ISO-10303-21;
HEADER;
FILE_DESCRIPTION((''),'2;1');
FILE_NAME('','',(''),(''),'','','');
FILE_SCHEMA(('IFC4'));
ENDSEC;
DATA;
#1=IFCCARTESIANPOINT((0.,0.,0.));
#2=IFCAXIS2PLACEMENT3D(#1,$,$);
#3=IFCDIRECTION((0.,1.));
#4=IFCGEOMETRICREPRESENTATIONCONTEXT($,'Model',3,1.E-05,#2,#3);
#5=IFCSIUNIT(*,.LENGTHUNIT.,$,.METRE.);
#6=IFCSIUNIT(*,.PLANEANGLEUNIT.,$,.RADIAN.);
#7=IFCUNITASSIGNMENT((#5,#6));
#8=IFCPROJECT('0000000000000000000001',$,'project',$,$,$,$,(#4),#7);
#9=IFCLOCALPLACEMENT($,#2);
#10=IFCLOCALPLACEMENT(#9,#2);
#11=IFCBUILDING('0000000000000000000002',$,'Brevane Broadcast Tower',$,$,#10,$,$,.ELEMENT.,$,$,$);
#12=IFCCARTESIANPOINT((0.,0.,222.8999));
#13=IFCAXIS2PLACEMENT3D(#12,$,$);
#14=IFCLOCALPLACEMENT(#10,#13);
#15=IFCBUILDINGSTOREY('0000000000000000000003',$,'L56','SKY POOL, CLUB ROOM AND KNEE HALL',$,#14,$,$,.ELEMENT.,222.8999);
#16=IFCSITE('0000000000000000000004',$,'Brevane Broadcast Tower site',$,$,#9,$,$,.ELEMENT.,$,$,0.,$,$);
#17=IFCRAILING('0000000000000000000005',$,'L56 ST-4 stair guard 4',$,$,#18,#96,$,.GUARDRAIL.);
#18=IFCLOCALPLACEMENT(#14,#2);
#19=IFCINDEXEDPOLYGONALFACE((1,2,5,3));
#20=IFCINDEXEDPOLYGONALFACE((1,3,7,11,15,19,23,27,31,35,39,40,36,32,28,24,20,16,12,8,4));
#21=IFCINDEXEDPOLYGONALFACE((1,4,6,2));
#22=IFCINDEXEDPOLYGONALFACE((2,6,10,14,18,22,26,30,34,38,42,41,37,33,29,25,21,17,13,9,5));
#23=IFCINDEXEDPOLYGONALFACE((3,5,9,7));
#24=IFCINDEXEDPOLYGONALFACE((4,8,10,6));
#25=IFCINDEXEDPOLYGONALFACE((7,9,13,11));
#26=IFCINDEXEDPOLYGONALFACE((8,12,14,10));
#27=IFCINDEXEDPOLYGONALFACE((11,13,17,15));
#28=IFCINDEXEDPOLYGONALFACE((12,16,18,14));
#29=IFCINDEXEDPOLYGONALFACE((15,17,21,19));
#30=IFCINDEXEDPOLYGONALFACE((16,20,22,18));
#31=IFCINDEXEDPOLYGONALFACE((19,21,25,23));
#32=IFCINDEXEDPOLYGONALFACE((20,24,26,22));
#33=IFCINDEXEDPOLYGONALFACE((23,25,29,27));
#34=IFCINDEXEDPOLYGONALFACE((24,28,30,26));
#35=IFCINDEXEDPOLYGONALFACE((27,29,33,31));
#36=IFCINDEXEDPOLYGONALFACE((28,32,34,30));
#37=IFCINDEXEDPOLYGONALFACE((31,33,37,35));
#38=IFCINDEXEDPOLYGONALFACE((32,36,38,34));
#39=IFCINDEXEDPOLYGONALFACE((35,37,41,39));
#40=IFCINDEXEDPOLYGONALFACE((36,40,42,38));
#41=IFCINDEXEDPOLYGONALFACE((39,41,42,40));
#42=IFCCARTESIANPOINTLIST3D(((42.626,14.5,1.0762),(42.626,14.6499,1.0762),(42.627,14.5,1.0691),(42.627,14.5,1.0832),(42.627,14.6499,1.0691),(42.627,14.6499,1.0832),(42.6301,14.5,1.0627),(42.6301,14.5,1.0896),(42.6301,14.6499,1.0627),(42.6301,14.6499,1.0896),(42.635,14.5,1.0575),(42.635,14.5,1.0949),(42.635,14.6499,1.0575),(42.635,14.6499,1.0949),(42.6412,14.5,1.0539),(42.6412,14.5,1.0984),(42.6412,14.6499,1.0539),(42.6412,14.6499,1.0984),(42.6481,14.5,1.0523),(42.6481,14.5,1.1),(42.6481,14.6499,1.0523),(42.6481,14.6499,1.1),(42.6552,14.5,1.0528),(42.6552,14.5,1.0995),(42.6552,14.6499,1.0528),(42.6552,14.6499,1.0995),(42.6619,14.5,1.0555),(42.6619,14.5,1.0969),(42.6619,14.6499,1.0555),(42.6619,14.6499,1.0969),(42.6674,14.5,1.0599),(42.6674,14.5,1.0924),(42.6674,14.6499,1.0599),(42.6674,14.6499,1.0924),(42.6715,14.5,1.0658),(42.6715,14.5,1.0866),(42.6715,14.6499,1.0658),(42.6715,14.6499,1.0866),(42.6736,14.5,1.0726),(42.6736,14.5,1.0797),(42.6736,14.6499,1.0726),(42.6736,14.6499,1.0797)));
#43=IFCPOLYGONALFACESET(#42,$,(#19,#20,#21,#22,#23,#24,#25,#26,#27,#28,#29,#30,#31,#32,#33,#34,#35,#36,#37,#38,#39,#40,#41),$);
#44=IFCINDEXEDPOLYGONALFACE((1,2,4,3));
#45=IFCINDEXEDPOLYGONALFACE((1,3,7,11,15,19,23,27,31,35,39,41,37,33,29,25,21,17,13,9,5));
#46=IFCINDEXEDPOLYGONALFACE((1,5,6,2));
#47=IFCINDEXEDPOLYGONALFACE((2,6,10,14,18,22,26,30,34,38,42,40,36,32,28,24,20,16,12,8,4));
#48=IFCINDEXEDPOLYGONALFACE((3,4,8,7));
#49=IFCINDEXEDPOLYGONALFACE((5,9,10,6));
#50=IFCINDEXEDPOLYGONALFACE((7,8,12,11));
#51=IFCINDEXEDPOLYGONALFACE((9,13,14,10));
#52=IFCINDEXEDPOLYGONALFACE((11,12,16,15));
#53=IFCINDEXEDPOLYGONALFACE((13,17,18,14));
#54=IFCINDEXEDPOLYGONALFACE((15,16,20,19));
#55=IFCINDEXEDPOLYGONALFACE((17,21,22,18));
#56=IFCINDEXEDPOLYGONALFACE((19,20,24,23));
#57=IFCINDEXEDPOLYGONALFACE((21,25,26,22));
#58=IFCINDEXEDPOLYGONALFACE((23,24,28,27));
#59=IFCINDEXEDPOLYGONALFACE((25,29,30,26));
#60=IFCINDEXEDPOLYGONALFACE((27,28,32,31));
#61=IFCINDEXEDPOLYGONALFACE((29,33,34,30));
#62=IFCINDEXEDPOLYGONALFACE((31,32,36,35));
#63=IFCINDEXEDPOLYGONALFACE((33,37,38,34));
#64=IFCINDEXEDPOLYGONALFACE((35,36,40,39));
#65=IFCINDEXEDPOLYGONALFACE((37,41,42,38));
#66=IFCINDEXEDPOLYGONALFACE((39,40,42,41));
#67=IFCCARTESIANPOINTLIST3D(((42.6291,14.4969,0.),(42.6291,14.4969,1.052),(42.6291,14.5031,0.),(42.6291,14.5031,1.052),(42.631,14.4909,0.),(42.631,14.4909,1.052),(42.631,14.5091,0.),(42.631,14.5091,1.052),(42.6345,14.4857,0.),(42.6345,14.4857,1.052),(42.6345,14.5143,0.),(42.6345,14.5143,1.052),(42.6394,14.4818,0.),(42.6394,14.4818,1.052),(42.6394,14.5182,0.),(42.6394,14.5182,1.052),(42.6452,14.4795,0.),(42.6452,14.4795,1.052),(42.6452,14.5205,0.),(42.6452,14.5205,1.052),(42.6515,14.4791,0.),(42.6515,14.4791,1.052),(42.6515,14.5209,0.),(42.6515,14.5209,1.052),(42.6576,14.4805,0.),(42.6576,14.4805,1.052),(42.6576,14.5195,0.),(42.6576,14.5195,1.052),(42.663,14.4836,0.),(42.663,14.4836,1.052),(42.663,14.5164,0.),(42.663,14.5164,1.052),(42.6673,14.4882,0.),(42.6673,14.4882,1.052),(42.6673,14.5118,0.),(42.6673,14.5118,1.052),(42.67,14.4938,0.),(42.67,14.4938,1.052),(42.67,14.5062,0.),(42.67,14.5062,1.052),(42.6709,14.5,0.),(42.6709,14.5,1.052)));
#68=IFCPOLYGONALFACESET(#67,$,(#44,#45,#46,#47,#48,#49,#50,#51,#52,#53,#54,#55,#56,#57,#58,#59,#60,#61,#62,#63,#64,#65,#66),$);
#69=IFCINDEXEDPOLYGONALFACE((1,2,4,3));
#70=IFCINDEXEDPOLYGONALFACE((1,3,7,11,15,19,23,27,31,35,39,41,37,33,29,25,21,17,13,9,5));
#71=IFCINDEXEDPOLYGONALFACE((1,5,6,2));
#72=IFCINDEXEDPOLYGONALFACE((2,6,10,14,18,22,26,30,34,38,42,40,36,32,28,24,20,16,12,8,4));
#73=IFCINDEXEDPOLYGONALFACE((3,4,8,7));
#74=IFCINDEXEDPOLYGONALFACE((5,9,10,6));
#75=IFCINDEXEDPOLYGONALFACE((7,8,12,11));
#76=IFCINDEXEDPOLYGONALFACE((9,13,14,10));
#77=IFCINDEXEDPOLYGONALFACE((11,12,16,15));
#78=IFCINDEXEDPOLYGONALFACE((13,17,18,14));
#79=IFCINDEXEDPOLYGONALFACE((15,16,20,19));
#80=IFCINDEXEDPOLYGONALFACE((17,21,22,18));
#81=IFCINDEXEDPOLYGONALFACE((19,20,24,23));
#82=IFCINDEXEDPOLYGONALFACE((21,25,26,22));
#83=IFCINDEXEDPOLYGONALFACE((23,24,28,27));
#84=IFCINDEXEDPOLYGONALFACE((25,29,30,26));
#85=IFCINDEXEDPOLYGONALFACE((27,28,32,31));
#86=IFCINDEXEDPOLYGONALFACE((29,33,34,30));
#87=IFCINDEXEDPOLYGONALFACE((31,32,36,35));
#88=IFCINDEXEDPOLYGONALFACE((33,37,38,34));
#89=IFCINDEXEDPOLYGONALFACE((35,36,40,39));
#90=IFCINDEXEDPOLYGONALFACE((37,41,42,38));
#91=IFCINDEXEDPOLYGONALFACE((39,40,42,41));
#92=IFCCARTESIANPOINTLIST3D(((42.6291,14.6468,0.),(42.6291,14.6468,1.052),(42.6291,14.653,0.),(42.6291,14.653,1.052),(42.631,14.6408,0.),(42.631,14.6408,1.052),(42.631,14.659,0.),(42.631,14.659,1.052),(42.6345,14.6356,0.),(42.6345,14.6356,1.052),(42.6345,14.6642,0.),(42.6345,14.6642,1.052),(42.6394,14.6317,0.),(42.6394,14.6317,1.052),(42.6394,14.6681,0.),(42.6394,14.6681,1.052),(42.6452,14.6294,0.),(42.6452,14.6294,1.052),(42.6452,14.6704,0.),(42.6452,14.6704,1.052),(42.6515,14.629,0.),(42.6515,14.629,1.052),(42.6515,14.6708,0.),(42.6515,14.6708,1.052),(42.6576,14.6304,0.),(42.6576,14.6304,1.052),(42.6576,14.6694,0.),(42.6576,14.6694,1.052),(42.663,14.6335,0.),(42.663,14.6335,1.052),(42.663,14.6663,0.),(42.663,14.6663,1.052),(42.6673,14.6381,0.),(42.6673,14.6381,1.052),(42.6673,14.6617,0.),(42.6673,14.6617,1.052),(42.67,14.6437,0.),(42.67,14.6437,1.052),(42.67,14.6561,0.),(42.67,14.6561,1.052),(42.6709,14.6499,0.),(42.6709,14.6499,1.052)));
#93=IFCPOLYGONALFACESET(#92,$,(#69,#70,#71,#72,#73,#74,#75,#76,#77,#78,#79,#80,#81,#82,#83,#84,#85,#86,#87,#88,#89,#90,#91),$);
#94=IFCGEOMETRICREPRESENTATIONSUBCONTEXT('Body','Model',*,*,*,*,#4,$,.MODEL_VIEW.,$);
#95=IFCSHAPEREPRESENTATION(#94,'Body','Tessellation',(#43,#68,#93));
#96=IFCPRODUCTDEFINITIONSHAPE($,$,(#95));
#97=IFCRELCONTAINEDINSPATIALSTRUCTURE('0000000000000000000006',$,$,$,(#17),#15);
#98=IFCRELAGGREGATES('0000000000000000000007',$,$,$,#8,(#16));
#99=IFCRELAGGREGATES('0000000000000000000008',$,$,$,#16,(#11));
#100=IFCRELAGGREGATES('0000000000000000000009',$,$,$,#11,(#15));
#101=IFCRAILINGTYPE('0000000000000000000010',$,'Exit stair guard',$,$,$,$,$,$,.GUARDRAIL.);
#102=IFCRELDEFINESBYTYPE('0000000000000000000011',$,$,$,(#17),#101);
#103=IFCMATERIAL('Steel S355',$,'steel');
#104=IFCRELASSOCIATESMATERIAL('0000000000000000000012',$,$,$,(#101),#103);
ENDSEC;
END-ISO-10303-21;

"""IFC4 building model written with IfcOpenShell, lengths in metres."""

from ifc_helpers import new_model, si_unit, direction, frame, origin, origin_2d, place, context, subcontext, project, spatial, circle, extrude, material, type_object, element, save


model = new_model("IFC4")

# Units and contexts
model_context = context("Model", 3, precision=1e-05, world=origin(), true_north=direction((0.0, 1.0)))
body_context = subcontext(model_context, "Body", "Model", "MODEL_VIEW")
ifc_project = project(units=[si_unit("LENGTHUNIT", "METRE"), si_unit("PLANEANGLEUNIT", "RADIAN")], contexts=[model_context])

# Site, building, storey
site_placement = place(None, origin())
site = spatial("IfcSite", under=ifc_project, at=site_placement, Name="Brevane Broadcast Tower site", CompositionType="ELEMENT", RefElevation=0.0)
building_placement = place(site_placement, origin())
building = spatial("IfcBuilding", under=site, at=building_placement, Name="Brevane Broadcast Tower", CompositionType="ELEMENT")
storey_placement = place(building_placement, frame((0.0, 0.0, 222.8999)))
storey = spatial("IfcBuildingStorey", under=building, at=storey_placement, Name="L56", Description="SKY POOL, CLUB ROOM AND KNEE HALL", CompositionType="ELEMENT", Elevation=222.8999)

# Railing
ifc_material_1 = material(Name="Steel S355", Category="steel")
railing_type_1 = type_object("IfcRailingType", Name="Exit stair guard", PredefinedType="GUARDRAIL", material=ifc_material_1)
railing_1_placement = place(storey_placement, frame((42.6499, 14.5, 0.0)))
element("IfcRailing", 1, at=railing_1_placement, inside=storey, type_object=railing_type_1, Name="L56 ST-4 stair guard 4", PredefinedType="GUARDRAIL", context=body_context, shape_type="SweptSolid", body=[
    extrude(circle(Radius=0.0239, at=origin_2d()), frame((0.0, 0.0, 1.0762), z_axis=(0.0, 1.0, 0.0), x_axis=(-1.0, 0.0, 0.0)), (0.0, 0.0, 1.0), 0.1499),
    extrude(circle(Radius=0.021, at=origin_2d()), origin(), (0.0, 0.0, 1.0), 1.052),
    extrude(circle(Radius=0.021, at=origin_2d()), frame((0.0, 0.1499, 0.0)), (0.0, 0.0, 1.0), 1.052),
])

save(model, "model.ifc")
